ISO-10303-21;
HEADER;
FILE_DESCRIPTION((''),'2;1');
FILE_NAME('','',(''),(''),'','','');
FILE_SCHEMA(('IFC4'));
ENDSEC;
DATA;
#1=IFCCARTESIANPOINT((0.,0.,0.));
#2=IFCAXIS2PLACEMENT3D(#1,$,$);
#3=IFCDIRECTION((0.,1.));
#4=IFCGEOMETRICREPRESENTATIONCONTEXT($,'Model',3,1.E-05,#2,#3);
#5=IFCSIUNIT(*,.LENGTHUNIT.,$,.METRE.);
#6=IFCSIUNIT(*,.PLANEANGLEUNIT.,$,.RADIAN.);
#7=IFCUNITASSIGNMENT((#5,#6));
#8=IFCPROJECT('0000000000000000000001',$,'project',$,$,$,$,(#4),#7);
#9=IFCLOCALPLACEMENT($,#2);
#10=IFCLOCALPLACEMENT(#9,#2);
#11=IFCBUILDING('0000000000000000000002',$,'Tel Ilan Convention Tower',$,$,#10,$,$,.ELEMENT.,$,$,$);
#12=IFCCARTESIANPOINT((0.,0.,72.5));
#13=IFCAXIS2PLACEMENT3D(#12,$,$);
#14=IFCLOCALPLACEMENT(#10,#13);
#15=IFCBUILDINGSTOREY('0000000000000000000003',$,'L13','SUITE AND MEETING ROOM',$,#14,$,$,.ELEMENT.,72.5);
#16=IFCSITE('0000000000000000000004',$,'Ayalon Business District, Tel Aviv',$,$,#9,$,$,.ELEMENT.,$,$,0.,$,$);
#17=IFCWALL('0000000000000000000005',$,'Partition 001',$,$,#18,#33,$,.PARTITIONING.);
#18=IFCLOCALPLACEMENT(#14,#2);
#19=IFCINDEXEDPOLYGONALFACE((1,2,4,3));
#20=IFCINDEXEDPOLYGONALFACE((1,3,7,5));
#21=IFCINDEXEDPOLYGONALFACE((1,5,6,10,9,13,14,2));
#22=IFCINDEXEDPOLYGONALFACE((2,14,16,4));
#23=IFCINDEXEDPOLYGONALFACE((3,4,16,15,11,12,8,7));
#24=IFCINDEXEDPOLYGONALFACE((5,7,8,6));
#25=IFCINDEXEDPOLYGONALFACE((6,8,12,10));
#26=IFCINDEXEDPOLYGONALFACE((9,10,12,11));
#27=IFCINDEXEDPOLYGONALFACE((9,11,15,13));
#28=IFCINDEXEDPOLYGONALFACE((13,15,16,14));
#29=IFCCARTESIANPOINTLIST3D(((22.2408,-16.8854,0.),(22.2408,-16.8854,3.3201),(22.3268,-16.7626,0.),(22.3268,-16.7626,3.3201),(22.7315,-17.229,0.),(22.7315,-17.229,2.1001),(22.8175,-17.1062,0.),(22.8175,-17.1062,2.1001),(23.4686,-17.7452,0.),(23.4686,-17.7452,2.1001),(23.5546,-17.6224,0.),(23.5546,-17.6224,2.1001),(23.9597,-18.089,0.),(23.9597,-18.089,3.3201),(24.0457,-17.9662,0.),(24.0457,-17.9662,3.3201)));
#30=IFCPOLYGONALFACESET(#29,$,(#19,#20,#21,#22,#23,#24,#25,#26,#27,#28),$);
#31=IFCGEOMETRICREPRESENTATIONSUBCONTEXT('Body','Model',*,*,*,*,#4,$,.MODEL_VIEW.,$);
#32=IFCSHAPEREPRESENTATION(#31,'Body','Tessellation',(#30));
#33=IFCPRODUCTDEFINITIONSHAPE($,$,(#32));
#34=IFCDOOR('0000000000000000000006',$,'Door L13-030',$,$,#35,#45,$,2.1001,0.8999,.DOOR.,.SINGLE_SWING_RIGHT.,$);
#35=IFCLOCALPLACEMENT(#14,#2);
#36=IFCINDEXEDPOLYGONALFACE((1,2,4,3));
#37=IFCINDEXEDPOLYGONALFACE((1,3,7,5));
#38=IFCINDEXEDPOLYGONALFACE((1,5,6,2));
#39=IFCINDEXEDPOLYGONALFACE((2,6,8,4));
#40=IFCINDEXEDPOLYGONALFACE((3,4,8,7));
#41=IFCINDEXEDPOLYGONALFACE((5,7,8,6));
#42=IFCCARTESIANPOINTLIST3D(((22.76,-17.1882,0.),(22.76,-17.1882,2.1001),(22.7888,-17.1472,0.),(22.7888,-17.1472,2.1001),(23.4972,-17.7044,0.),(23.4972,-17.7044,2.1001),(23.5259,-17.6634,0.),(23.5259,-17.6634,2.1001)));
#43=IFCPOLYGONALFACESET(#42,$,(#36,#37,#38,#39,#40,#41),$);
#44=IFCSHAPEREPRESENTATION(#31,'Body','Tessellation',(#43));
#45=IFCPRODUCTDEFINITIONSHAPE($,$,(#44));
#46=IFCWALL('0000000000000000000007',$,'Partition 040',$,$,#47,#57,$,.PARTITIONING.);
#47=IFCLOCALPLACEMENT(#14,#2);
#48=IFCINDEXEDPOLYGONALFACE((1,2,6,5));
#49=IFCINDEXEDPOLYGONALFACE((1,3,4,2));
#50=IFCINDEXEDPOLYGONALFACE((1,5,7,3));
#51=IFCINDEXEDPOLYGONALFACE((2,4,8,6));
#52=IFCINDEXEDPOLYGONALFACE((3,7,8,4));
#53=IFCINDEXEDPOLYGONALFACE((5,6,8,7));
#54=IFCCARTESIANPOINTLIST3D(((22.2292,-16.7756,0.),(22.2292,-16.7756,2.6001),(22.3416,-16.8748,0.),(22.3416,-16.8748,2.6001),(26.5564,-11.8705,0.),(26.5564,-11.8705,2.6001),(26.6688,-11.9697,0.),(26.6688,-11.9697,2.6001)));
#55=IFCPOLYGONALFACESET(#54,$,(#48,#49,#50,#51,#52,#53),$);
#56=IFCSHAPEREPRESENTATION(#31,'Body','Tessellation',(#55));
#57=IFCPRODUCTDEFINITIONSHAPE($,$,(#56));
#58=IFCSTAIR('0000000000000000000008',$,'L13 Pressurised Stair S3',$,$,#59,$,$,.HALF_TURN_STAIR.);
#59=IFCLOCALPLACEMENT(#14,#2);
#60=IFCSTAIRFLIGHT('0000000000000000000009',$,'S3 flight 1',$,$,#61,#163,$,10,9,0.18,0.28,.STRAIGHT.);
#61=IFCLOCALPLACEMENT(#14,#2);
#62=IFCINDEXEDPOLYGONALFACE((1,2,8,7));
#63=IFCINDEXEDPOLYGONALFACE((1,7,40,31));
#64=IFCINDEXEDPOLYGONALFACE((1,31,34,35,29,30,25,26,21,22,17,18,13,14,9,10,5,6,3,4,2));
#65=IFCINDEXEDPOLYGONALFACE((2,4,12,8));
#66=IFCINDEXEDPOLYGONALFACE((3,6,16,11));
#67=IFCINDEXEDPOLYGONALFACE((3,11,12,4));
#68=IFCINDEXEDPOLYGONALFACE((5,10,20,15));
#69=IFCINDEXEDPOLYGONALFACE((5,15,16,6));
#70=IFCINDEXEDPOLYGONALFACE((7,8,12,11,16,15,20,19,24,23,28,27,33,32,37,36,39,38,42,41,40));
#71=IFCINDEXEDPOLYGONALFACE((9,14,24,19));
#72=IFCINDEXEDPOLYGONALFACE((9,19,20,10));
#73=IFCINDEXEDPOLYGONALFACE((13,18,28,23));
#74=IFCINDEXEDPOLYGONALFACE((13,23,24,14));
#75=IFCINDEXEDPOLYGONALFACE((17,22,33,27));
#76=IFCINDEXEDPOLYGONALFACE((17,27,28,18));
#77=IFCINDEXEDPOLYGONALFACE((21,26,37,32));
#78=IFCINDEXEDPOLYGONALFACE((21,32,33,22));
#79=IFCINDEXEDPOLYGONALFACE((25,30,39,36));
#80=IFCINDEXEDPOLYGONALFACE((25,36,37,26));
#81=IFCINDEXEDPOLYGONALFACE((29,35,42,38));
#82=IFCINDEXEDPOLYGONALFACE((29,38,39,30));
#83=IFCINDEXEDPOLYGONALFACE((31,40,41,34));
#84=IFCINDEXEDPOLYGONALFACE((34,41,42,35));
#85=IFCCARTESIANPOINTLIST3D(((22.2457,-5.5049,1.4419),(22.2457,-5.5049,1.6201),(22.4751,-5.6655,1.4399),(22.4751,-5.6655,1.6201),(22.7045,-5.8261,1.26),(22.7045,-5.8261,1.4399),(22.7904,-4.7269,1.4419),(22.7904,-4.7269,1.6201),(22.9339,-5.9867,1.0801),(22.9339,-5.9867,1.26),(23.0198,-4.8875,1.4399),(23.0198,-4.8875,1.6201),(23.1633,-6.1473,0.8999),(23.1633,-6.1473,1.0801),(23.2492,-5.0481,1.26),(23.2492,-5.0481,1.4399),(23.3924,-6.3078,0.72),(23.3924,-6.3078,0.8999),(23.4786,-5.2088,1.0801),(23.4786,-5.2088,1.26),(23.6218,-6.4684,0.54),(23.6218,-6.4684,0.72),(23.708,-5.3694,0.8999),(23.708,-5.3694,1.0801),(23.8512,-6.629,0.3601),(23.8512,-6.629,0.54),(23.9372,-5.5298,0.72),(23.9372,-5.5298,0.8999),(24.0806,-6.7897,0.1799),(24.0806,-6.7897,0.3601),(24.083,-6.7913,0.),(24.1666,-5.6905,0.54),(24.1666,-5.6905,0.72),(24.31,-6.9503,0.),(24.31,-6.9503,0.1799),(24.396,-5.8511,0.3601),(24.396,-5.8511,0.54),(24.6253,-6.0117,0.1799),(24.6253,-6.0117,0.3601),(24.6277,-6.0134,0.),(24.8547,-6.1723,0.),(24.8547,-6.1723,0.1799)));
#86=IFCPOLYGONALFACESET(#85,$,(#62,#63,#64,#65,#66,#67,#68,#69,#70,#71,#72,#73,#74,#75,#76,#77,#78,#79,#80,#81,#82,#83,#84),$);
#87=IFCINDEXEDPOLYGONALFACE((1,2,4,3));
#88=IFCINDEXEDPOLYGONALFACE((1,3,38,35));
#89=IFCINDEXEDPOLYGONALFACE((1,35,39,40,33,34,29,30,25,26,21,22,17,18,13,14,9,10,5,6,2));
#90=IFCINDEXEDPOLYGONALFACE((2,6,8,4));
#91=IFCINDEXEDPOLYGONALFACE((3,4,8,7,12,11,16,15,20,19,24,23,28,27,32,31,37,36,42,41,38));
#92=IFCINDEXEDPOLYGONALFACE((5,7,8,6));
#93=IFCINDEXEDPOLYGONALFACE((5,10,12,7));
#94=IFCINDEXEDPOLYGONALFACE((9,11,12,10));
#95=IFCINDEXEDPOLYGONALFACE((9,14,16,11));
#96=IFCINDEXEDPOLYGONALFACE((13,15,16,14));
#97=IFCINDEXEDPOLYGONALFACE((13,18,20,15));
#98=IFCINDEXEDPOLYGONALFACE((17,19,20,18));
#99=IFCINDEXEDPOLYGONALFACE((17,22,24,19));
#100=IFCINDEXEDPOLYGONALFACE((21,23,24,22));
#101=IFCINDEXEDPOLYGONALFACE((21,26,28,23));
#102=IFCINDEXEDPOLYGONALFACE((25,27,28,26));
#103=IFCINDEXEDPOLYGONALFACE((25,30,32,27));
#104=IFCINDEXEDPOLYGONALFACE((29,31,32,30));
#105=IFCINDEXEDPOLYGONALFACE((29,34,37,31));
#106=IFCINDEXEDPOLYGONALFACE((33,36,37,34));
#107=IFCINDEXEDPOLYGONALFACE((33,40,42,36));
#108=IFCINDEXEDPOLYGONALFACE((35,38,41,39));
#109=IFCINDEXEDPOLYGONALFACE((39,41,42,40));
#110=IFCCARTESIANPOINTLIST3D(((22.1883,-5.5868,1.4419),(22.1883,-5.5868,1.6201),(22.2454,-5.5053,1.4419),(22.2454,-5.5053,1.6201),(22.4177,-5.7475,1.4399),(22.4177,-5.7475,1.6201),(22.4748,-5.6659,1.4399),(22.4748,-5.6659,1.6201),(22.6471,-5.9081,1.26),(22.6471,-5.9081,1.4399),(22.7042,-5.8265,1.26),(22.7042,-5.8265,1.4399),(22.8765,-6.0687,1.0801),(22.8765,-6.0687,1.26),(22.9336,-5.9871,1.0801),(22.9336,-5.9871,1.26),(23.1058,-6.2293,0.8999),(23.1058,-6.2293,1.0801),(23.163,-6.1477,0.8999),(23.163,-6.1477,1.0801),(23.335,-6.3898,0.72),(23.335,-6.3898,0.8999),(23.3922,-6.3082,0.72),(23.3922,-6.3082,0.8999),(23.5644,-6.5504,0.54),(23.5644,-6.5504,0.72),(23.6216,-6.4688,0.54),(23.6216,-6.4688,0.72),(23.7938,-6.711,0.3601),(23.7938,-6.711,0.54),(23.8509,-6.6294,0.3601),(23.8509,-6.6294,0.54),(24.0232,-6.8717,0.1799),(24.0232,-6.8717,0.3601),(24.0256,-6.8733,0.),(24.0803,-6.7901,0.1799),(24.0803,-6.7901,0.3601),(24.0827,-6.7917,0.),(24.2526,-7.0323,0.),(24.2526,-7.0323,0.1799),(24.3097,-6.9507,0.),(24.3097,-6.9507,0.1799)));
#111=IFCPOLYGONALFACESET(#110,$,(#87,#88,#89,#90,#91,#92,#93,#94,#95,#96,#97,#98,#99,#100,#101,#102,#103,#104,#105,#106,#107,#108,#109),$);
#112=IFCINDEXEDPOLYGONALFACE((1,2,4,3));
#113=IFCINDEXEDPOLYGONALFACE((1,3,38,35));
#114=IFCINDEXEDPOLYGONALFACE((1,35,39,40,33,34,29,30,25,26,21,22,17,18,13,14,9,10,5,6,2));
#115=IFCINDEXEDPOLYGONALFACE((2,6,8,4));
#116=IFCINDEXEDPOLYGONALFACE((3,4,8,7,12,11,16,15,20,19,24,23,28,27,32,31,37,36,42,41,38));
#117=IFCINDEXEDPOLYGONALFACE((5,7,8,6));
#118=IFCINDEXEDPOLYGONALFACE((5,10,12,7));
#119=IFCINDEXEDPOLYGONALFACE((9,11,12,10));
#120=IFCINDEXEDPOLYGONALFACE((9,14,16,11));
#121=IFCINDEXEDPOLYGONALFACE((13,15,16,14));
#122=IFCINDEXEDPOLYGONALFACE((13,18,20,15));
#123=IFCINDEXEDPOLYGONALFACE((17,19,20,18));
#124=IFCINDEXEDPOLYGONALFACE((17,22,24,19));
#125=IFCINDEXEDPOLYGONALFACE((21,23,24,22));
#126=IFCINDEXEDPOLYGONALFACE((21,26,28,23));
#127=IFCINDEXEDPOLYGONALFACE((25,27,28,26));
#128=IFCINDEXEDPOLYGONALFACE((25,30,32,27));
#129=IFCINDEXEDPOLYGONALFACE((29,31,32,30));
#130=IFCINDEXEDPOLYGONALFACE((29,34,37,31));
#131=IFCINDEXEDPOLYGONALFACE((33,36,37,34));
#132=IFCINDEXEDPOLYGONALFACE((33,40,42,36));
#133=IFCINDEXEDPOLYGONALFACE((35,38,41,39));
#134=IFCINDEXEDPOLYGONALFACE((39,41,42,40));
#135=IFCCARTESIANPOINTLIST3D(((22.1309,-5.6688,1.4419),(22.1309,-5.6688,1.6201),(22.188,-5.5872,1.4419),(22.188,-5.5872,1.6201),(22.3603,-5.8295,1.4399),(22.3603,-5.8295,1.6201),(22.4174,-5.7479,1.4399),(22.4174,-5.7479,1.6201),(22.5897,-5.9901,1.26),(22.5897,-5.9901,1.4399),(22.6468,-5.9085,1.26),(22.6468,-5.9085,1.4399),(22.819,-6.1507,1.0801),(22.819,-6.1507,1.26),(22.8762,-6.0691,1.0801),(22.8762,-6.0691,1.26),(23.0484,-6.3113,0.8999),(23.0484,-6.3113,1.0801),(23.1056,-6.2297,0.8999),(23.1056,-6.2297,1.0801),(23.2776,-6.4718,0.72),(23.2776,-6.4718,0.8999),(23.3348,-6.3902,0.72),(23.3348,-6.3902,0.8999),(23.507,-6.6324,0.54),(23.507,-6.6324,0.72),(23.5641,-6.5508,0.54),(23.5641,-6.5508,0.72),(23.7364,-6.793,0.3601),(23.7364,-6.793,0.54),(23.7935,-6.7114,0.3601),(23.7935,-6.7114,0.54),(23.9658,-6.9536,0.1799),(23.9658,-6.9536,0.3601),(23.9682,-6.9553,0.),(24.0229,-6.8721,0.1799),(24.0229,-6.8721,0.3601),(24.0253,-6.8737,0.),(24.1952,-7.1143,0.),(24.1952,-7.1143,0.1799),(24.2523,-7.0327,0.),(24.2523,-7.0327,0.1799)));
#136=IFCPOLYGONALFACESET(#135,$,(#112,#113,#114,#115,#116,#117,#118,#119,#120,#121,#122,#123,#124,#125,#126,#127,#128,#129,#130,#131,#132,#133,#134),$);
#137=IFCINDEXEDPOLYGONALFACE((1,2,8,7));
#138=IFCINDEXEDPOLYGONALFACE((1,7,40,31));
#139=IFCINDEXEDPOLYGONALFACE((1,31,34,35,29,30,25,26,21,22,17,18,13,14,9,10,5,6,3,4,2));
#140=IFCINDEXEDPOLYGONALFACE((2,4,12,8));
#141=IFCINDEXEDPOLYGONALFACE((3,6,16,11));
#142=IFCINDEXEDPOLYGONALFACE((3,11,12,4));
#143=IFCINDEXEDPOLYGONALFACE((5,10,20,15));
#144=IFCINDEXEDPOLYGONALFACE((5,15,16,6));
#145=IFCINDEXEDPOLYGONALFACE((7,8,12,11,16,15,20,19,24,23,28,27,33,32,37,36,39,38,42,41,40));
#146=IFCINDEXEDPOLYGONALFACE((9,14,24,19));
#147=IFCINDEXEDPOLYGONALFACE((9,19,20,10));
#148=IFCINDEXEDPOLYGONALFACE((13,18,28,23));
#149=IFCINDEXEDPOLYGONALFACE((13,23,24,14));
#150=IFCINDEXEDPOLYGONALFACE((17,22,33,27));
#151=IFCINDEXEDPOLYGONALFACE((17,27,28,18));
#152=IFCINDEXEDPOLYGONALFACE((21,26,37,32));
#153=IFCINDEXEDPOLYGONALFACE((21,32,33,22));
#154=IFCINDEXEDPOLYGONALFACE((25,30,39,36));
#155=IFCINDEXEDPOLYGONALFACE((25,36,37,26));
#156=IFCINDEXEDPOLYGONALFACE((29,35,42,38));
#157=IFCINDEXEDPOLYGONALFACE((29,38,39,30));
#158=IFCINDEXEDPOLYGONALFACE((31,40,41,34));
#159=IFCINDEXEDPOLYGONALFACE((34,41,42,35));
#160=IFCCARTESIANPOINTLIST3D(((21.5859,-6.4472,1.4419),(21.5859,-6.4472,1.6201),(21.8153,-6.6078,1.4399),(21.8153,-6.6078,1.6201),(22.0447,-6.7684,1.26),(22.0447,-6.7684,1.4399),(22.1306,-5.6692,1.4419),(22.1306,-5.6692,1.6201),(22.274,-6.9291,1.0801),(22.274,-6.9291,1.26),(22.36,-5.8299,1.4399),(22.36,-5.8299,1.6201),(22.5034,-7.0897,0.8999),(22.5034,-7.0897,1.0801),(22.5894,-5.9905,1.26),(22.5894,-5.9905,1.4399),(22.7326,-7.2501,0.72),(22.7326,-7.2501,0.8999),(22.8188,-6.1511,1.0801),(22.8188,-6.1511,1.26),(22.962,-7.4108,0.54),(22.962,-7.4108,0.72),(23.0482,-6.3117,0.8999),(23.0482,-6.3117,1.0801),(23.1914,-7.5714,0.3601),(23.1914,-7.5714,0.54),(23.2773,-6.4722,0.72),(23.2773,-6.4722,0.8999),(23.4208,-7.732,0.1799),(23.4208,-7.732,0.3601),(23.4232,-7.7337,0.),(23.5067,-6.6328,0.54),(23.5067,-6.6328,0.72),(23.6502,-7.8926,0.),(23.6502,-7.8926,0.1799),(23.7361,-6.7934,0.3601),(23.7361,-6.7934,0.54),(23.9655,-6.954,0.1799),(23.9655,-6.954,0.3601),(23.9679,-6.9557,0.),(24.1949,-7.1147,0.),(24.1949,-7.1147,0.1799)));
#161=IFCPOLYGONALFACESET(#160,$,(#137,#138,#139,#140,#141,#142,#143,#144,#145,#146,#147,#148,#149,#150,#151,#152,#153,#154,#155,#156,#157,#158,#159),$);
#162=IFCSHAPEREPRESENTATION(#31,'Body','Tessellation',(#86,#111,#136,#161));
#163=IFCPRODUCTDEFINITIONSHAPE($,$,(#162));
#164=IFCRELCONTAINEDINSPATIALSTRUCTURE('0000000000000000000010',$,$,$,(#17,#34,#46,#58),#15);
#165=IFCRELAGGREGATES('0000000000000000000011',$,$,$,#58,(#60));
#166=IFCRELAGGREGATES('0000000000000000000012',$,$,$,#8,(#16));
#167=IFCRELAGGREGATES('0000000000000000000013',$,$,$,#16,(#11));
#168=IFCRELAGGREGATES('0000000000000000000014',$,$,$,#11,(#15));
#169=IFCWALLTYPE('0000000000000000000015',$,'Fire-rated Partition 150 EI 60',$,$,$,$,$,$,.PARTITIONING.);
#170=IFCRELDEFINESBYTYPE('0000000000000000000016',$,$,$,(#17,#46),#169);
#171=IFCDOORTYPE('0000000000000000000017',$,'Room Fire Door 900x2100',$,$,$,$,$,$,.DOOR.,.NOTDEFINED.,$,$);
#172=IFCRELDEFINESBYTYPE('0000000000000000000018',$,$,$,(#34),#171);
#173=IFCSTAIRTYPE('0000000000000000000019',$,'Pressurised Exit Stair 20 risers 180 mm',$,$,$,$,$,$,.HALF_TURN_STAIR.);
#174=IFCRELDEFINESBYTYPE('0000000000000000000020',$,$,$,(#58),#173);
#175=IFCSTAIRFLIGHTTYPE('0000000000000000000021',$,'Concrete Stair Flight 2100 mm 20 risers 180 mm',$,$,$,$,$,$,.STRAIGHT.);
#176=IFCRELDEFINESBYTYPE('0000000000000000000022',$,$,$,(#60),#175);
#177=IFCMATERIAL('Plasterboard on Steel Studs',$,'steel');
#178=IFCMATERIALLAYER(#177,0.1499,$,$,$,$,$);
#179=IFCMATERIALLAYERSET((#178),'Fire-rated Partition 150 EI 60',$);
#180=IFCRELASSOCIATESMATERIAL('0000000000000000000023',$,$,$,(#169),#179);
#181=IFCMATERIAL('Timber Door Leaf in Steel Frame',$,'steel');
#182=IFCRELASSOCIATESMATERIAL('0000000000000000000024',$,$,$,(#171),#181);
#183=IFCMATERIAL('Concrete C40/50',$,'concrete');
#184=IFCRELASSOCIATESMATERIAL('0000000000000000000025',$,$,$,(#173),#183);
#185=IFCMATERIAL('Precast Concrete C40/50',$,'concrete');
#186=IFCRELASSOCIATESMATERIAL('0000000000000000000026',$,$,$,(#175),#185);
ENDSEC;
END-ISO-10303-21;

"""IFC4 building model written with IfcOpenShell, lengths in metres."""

from ifc_helpers import new_model, si_unit, direction, frame, frame_2d, origin, place, context, subcontext, project, spatial, polyline, rectangle, outline, extrude, material, layer, layer_set, type_object, element, fill, aggregate, save


model = new_model("IFC4")

# Units and contexts
model_context = context("Model", 3, precision=1e-05, world=origin(), true_north=direction((0.0, 1.0)))
body_context = subcontext(model_context, "Body", "Model", "MODEL_VIEW")
ifc_project = project(units=[si_unit("LENGTHUNIT", "METRE"), si_unit("PLANEANGLEUNIT", "RADIAN")], contexts=[model_context])

# Site, building, storey
site_placement = place(None, origin())
site = spatial("IfcSite", under=ifc_project, at=site_placement, Name="Ayalon Business District, Tel Aviv", CompositionType="ELEMENT", RefElevation=0.0)
building_placement = place(site_placement, origin())
building = spatial("IfcBuilding", under=site, at=building_placement, Name="Tel Ilan Convention Tower", CompositionType="ELEMENT")
storey_placement = place(building_placement, frame((0.0, 0.0, 72.5)))
storey = spatial("IfcBuildingStorey", under=building, at=storey_placement, Name="L13", Description="SUITE AND MEETING ROOM", CompositionType="ELEMENT", Elevation=72.5)

# Wall, opening, door
ifc_material_1 = material(Name="Plasterboard on Steel Studs", Category="steel")
ifc_layer_1 = layer(ifc_material_1, 0.1499)
ifc_layer_set_1 = layer_set([ifc_layer_1], Name="Fire-rated Partition 150 EI 60")
wall_type_1 = type_object("IfcWallType", Name="Fire-rated Partition 150 EI 60", PredefinedType="PARTITIONING", material=ifc_layer_set_1)
wall_1_placement = place(storey_placement, frame((22.2837, -16.824, 0.0), z_axis=(0.0, 0.0, 1.0), x_axis=(0.819161, -0.573564, 0.0)))
wall_1 = element("IfcWall", 1, at=wall_1_placement, inside=storey, type_object=wall_type_1, Name="Partition 001", PredefinedType="PARTITIONING", context=body_context, shape_type="SweptSolid", body=[
    extrude(rectangle(XDim=2.0984, YDim=0.1499, at=frame_2d((1.0493, 0.0))), origin(), (0.0, 0.0, 1.0), 3.3201),
])
opening_1_placement = place(wall_1_placement, frame((0.5991, 0.0, 0.0)))
opening_1 = element("IfcOpeningElement", 2, at=opening_1_placement, cuts=wall_1, PredefinedType="OPENING", context=body_context, shape_type="SweptSolid", body=[
    extrude(rectangle(XDim=0.8999, YDim=2.1001, at=frame_2d((0.45, 1.05))), frame((0.0, 0.085, 0.0), z_axis=(0.0, -1.0, 0.0), x_axis=(1.0, 0.0, 0.0)), (0.0, 0.0, 1.0), 0.1699),
])
ifc_material_2 = material(Name="Timber Door Leaf in Steel Frame", Category="steel")
door_type_1 = type_object("IfcDoorType", Name="Room Fire Door 900x2100", OperationType="NOTDEFINED", PredefinedType="DOOR", material=ifc_material_2)
door_1_placement = place(opening_1_placement, origin())
door_1 = element("IfcDoor", 3, at=door_1_placement, inside=storey, type_object=door_type_1, Name="Door L13-030", OperationType="SINGLE_SWING_RIGHT", OverallHeight=2.1001, OverallWidth=0.8999, PredefinedType="DOOR", context=body_context, shape_type="SweptSolid", body=[
    extrude(rectangle(XDim=0.8999, YDim=2.1001, at=frame_2d((0.45, 1.05))), frame((0.0, 0.0249, 0.0), z_axis=(0.0, -1.0, 0.0), x_axis=(1.0, 0.0, 0.0)), (0.0, 0.0, 1.0), 0.05),
])
fill(opening_1, door_1)

# Wall
wall_2_placement = place(storey_placement, frame((22.2854, -16.8252, 0.0), z_axis=(0.0, 0.0, 1.0), x_axis=(0.661551, 0.7499, 0.0)))
element("IfcWall", 4, at=wall_2_placement, inside=storey, type_object=wall_type_1, Name="Partition 040", PredefinedType="PARTITIONING", context=body_context, shape_type="SweptSolid", body=[
    extrude(rectangle(XDim=6.541, YDim=0.1499, at=frame_2d((3.2705, 0.0))), origin(), (0.0, 0.0, 1.0), 2.6001),
])

# Stair, stair flight
ifc_material_3 = material(Name="Concrete C40/50", Category="concrete")
stair_type = type_object("IfcStairType", Name="Pressurised Exit Stair 20 risers 180 mm", PredefinedType="HALF_TURN_STAIR", material=ifc_material_3)
stair_1_placement = place(storey_placement, origin())
stair_1 = element("IfcStair", 5, at=stair_1_placement, inside=storey, type_object=stair_type, Name="L13 Pressurised Stair S3", PredefinedType="HALF_TURN_STAIR")
ifc_material_4 = material(Name="Precast Concrete C40/50", Category="concrete")
stair_flight_type = type_object("IfcStairFlightType", Name="Concrete Stair Flight 2100 mm 20 risers 180 mm", PredefinedType="STRAIGHT", material=ifc_material_4)
stair_flight_1_placement = place(storey_placement, frame((24.2524, -7.0325, 0.0), z_axis=(0.0, 0.0, 1.0), x_axis=(-0.819152, 0.573576, 0.0)))
stair_flight_1 = element("IfcStairFlight", 6, at=stair_flight_1_placement, type_object=stair_flight_type, Name="S3 flight 1", NumberOfRisers=10, NumberOfTreads=9, PredefinedType="STRAIGHT", RiserHeight=0.18, TreadLength=0.28, context=body_context, shape_type="SweptSolid", body=[
    extrude(outline(polyline([(0.0, 0.0), (0.0, 0.1799), (0.28, 0.1799), (0.28, 0.3601), (0.5601, 0.3601), (0.5601, 0.54), (0.8401, 0.54), (0.8401, 0.72), (1.1201, 0.72), (1.1201, 0.8999), (1.3999, 0.8999), (1.3999, 1.0801), (1.6799, 1.0801), (1.6799, 1.26), (1.96, 1.26), (1.96, 1.4399), (2.24, 1.4399), (2.24, 1.6201), (2.52, 1.6201), (2.52, 1.8), (2.52, 1.4419), (0.2771, 0.0), (0.0, 0.0)])), frame((0.0, -0.1003, 0.0), z_axis=(0.0, -1.0, 0.0), x_axis=(1.0, 0.0, 0.0)), (0.0, 0.0, 1.0), 0.9497),
    extrude(outline(polyline([(0.0, 0.0), (0.0, 0.1799), (0.28, 0.1799), (0.28, 0.3601), (0.5601, 0.3601), (0.5601, 0.54), (0.8401, 0.54), (0.8401, 0.72), (1.1201, 0.72), (1.1201, 0.8999), (1.3999, 0.8999), (1.3999, 1.0801), (1.6799, 1.0801), (1.6799, 1.26), (1.96, 1.26), (1.96, 1.4399), (2.24, 1.4399), (2.24, 1.6201), (2.52, 1.6201), (2.52, 1.8), (2.52, 1.4419), (0.2771, 0.0), (0.0, 0.0)])), frame((0.0, -0.0002, 0.0), z_axis=(0.0, -1.0, 0.0), x_axis=(1.0, 0.0, 0.0)), (0.0, 0.0, 1.0), 0.0996),
    extrude(outline(polyline([(0.0, 0.0), (0.0, 0.1799), (0.28, 0.1799), (0.28, 0.3601), (0.5601, 0.3601), (0.5601, 0.54), (0.8401, 0.54), (0.8401, 0.72), (1.1201, 0.72), (1.1201, 0.8999), (1.3999, 0.8999), (1.3999, 1.0801), (1.6799, 1.0801), (1.6799, 1.26), (1.96, 1.26), (1.96, 1.4399), (2.24, 1.4399), (2.24, 1.6201), (2.52, 1.6201), (2.52, 1.8), (2.52, 1.4419), (0.2771, 0.0), (0.0, 0.0)])), frame((0.0, 0.0999, 0.0), z_axis=(0.0, -1.0, 0.0), x_axis=(1.0, 0.0, 0.0)), (0.0, 0.0, 1.0), 0.0996),
    extrude(outline(polyline([(0.0, 0.0), (0.0, 0.1799), (0.28, 0.1799), (0.28, 0.3601), (0.5601, 0.3601), (0.5601, 0.54), (0.8401, 0.54), (0.8401, 0.72), (1.1201, 0.72), (1.1201, 0.8999), (1.3999, 0.8999), (1.3999, 1.0801), (1.6799, 1.0801), (1.6799, 1.26), (1.96, 1.26), (1.96, 1.4399), (2.24, 1.4399), (2.24, 1.6201), (2.52, 1.6201), (2.52, 1.8), (2.52, 1.4419), (0.2771, 0.0), (0.0, 0.0)])), frame((0.0, 1.05, 0.0), z_axis=(0.0, -1.0, 0.0), x_axis=(1.0, 0.0, 0.0)), (0.0, 0.0, 1.0), 0.9497),
])
aggregate(stair_1, [stair_flight_1])

save(model, "model.ifc")
